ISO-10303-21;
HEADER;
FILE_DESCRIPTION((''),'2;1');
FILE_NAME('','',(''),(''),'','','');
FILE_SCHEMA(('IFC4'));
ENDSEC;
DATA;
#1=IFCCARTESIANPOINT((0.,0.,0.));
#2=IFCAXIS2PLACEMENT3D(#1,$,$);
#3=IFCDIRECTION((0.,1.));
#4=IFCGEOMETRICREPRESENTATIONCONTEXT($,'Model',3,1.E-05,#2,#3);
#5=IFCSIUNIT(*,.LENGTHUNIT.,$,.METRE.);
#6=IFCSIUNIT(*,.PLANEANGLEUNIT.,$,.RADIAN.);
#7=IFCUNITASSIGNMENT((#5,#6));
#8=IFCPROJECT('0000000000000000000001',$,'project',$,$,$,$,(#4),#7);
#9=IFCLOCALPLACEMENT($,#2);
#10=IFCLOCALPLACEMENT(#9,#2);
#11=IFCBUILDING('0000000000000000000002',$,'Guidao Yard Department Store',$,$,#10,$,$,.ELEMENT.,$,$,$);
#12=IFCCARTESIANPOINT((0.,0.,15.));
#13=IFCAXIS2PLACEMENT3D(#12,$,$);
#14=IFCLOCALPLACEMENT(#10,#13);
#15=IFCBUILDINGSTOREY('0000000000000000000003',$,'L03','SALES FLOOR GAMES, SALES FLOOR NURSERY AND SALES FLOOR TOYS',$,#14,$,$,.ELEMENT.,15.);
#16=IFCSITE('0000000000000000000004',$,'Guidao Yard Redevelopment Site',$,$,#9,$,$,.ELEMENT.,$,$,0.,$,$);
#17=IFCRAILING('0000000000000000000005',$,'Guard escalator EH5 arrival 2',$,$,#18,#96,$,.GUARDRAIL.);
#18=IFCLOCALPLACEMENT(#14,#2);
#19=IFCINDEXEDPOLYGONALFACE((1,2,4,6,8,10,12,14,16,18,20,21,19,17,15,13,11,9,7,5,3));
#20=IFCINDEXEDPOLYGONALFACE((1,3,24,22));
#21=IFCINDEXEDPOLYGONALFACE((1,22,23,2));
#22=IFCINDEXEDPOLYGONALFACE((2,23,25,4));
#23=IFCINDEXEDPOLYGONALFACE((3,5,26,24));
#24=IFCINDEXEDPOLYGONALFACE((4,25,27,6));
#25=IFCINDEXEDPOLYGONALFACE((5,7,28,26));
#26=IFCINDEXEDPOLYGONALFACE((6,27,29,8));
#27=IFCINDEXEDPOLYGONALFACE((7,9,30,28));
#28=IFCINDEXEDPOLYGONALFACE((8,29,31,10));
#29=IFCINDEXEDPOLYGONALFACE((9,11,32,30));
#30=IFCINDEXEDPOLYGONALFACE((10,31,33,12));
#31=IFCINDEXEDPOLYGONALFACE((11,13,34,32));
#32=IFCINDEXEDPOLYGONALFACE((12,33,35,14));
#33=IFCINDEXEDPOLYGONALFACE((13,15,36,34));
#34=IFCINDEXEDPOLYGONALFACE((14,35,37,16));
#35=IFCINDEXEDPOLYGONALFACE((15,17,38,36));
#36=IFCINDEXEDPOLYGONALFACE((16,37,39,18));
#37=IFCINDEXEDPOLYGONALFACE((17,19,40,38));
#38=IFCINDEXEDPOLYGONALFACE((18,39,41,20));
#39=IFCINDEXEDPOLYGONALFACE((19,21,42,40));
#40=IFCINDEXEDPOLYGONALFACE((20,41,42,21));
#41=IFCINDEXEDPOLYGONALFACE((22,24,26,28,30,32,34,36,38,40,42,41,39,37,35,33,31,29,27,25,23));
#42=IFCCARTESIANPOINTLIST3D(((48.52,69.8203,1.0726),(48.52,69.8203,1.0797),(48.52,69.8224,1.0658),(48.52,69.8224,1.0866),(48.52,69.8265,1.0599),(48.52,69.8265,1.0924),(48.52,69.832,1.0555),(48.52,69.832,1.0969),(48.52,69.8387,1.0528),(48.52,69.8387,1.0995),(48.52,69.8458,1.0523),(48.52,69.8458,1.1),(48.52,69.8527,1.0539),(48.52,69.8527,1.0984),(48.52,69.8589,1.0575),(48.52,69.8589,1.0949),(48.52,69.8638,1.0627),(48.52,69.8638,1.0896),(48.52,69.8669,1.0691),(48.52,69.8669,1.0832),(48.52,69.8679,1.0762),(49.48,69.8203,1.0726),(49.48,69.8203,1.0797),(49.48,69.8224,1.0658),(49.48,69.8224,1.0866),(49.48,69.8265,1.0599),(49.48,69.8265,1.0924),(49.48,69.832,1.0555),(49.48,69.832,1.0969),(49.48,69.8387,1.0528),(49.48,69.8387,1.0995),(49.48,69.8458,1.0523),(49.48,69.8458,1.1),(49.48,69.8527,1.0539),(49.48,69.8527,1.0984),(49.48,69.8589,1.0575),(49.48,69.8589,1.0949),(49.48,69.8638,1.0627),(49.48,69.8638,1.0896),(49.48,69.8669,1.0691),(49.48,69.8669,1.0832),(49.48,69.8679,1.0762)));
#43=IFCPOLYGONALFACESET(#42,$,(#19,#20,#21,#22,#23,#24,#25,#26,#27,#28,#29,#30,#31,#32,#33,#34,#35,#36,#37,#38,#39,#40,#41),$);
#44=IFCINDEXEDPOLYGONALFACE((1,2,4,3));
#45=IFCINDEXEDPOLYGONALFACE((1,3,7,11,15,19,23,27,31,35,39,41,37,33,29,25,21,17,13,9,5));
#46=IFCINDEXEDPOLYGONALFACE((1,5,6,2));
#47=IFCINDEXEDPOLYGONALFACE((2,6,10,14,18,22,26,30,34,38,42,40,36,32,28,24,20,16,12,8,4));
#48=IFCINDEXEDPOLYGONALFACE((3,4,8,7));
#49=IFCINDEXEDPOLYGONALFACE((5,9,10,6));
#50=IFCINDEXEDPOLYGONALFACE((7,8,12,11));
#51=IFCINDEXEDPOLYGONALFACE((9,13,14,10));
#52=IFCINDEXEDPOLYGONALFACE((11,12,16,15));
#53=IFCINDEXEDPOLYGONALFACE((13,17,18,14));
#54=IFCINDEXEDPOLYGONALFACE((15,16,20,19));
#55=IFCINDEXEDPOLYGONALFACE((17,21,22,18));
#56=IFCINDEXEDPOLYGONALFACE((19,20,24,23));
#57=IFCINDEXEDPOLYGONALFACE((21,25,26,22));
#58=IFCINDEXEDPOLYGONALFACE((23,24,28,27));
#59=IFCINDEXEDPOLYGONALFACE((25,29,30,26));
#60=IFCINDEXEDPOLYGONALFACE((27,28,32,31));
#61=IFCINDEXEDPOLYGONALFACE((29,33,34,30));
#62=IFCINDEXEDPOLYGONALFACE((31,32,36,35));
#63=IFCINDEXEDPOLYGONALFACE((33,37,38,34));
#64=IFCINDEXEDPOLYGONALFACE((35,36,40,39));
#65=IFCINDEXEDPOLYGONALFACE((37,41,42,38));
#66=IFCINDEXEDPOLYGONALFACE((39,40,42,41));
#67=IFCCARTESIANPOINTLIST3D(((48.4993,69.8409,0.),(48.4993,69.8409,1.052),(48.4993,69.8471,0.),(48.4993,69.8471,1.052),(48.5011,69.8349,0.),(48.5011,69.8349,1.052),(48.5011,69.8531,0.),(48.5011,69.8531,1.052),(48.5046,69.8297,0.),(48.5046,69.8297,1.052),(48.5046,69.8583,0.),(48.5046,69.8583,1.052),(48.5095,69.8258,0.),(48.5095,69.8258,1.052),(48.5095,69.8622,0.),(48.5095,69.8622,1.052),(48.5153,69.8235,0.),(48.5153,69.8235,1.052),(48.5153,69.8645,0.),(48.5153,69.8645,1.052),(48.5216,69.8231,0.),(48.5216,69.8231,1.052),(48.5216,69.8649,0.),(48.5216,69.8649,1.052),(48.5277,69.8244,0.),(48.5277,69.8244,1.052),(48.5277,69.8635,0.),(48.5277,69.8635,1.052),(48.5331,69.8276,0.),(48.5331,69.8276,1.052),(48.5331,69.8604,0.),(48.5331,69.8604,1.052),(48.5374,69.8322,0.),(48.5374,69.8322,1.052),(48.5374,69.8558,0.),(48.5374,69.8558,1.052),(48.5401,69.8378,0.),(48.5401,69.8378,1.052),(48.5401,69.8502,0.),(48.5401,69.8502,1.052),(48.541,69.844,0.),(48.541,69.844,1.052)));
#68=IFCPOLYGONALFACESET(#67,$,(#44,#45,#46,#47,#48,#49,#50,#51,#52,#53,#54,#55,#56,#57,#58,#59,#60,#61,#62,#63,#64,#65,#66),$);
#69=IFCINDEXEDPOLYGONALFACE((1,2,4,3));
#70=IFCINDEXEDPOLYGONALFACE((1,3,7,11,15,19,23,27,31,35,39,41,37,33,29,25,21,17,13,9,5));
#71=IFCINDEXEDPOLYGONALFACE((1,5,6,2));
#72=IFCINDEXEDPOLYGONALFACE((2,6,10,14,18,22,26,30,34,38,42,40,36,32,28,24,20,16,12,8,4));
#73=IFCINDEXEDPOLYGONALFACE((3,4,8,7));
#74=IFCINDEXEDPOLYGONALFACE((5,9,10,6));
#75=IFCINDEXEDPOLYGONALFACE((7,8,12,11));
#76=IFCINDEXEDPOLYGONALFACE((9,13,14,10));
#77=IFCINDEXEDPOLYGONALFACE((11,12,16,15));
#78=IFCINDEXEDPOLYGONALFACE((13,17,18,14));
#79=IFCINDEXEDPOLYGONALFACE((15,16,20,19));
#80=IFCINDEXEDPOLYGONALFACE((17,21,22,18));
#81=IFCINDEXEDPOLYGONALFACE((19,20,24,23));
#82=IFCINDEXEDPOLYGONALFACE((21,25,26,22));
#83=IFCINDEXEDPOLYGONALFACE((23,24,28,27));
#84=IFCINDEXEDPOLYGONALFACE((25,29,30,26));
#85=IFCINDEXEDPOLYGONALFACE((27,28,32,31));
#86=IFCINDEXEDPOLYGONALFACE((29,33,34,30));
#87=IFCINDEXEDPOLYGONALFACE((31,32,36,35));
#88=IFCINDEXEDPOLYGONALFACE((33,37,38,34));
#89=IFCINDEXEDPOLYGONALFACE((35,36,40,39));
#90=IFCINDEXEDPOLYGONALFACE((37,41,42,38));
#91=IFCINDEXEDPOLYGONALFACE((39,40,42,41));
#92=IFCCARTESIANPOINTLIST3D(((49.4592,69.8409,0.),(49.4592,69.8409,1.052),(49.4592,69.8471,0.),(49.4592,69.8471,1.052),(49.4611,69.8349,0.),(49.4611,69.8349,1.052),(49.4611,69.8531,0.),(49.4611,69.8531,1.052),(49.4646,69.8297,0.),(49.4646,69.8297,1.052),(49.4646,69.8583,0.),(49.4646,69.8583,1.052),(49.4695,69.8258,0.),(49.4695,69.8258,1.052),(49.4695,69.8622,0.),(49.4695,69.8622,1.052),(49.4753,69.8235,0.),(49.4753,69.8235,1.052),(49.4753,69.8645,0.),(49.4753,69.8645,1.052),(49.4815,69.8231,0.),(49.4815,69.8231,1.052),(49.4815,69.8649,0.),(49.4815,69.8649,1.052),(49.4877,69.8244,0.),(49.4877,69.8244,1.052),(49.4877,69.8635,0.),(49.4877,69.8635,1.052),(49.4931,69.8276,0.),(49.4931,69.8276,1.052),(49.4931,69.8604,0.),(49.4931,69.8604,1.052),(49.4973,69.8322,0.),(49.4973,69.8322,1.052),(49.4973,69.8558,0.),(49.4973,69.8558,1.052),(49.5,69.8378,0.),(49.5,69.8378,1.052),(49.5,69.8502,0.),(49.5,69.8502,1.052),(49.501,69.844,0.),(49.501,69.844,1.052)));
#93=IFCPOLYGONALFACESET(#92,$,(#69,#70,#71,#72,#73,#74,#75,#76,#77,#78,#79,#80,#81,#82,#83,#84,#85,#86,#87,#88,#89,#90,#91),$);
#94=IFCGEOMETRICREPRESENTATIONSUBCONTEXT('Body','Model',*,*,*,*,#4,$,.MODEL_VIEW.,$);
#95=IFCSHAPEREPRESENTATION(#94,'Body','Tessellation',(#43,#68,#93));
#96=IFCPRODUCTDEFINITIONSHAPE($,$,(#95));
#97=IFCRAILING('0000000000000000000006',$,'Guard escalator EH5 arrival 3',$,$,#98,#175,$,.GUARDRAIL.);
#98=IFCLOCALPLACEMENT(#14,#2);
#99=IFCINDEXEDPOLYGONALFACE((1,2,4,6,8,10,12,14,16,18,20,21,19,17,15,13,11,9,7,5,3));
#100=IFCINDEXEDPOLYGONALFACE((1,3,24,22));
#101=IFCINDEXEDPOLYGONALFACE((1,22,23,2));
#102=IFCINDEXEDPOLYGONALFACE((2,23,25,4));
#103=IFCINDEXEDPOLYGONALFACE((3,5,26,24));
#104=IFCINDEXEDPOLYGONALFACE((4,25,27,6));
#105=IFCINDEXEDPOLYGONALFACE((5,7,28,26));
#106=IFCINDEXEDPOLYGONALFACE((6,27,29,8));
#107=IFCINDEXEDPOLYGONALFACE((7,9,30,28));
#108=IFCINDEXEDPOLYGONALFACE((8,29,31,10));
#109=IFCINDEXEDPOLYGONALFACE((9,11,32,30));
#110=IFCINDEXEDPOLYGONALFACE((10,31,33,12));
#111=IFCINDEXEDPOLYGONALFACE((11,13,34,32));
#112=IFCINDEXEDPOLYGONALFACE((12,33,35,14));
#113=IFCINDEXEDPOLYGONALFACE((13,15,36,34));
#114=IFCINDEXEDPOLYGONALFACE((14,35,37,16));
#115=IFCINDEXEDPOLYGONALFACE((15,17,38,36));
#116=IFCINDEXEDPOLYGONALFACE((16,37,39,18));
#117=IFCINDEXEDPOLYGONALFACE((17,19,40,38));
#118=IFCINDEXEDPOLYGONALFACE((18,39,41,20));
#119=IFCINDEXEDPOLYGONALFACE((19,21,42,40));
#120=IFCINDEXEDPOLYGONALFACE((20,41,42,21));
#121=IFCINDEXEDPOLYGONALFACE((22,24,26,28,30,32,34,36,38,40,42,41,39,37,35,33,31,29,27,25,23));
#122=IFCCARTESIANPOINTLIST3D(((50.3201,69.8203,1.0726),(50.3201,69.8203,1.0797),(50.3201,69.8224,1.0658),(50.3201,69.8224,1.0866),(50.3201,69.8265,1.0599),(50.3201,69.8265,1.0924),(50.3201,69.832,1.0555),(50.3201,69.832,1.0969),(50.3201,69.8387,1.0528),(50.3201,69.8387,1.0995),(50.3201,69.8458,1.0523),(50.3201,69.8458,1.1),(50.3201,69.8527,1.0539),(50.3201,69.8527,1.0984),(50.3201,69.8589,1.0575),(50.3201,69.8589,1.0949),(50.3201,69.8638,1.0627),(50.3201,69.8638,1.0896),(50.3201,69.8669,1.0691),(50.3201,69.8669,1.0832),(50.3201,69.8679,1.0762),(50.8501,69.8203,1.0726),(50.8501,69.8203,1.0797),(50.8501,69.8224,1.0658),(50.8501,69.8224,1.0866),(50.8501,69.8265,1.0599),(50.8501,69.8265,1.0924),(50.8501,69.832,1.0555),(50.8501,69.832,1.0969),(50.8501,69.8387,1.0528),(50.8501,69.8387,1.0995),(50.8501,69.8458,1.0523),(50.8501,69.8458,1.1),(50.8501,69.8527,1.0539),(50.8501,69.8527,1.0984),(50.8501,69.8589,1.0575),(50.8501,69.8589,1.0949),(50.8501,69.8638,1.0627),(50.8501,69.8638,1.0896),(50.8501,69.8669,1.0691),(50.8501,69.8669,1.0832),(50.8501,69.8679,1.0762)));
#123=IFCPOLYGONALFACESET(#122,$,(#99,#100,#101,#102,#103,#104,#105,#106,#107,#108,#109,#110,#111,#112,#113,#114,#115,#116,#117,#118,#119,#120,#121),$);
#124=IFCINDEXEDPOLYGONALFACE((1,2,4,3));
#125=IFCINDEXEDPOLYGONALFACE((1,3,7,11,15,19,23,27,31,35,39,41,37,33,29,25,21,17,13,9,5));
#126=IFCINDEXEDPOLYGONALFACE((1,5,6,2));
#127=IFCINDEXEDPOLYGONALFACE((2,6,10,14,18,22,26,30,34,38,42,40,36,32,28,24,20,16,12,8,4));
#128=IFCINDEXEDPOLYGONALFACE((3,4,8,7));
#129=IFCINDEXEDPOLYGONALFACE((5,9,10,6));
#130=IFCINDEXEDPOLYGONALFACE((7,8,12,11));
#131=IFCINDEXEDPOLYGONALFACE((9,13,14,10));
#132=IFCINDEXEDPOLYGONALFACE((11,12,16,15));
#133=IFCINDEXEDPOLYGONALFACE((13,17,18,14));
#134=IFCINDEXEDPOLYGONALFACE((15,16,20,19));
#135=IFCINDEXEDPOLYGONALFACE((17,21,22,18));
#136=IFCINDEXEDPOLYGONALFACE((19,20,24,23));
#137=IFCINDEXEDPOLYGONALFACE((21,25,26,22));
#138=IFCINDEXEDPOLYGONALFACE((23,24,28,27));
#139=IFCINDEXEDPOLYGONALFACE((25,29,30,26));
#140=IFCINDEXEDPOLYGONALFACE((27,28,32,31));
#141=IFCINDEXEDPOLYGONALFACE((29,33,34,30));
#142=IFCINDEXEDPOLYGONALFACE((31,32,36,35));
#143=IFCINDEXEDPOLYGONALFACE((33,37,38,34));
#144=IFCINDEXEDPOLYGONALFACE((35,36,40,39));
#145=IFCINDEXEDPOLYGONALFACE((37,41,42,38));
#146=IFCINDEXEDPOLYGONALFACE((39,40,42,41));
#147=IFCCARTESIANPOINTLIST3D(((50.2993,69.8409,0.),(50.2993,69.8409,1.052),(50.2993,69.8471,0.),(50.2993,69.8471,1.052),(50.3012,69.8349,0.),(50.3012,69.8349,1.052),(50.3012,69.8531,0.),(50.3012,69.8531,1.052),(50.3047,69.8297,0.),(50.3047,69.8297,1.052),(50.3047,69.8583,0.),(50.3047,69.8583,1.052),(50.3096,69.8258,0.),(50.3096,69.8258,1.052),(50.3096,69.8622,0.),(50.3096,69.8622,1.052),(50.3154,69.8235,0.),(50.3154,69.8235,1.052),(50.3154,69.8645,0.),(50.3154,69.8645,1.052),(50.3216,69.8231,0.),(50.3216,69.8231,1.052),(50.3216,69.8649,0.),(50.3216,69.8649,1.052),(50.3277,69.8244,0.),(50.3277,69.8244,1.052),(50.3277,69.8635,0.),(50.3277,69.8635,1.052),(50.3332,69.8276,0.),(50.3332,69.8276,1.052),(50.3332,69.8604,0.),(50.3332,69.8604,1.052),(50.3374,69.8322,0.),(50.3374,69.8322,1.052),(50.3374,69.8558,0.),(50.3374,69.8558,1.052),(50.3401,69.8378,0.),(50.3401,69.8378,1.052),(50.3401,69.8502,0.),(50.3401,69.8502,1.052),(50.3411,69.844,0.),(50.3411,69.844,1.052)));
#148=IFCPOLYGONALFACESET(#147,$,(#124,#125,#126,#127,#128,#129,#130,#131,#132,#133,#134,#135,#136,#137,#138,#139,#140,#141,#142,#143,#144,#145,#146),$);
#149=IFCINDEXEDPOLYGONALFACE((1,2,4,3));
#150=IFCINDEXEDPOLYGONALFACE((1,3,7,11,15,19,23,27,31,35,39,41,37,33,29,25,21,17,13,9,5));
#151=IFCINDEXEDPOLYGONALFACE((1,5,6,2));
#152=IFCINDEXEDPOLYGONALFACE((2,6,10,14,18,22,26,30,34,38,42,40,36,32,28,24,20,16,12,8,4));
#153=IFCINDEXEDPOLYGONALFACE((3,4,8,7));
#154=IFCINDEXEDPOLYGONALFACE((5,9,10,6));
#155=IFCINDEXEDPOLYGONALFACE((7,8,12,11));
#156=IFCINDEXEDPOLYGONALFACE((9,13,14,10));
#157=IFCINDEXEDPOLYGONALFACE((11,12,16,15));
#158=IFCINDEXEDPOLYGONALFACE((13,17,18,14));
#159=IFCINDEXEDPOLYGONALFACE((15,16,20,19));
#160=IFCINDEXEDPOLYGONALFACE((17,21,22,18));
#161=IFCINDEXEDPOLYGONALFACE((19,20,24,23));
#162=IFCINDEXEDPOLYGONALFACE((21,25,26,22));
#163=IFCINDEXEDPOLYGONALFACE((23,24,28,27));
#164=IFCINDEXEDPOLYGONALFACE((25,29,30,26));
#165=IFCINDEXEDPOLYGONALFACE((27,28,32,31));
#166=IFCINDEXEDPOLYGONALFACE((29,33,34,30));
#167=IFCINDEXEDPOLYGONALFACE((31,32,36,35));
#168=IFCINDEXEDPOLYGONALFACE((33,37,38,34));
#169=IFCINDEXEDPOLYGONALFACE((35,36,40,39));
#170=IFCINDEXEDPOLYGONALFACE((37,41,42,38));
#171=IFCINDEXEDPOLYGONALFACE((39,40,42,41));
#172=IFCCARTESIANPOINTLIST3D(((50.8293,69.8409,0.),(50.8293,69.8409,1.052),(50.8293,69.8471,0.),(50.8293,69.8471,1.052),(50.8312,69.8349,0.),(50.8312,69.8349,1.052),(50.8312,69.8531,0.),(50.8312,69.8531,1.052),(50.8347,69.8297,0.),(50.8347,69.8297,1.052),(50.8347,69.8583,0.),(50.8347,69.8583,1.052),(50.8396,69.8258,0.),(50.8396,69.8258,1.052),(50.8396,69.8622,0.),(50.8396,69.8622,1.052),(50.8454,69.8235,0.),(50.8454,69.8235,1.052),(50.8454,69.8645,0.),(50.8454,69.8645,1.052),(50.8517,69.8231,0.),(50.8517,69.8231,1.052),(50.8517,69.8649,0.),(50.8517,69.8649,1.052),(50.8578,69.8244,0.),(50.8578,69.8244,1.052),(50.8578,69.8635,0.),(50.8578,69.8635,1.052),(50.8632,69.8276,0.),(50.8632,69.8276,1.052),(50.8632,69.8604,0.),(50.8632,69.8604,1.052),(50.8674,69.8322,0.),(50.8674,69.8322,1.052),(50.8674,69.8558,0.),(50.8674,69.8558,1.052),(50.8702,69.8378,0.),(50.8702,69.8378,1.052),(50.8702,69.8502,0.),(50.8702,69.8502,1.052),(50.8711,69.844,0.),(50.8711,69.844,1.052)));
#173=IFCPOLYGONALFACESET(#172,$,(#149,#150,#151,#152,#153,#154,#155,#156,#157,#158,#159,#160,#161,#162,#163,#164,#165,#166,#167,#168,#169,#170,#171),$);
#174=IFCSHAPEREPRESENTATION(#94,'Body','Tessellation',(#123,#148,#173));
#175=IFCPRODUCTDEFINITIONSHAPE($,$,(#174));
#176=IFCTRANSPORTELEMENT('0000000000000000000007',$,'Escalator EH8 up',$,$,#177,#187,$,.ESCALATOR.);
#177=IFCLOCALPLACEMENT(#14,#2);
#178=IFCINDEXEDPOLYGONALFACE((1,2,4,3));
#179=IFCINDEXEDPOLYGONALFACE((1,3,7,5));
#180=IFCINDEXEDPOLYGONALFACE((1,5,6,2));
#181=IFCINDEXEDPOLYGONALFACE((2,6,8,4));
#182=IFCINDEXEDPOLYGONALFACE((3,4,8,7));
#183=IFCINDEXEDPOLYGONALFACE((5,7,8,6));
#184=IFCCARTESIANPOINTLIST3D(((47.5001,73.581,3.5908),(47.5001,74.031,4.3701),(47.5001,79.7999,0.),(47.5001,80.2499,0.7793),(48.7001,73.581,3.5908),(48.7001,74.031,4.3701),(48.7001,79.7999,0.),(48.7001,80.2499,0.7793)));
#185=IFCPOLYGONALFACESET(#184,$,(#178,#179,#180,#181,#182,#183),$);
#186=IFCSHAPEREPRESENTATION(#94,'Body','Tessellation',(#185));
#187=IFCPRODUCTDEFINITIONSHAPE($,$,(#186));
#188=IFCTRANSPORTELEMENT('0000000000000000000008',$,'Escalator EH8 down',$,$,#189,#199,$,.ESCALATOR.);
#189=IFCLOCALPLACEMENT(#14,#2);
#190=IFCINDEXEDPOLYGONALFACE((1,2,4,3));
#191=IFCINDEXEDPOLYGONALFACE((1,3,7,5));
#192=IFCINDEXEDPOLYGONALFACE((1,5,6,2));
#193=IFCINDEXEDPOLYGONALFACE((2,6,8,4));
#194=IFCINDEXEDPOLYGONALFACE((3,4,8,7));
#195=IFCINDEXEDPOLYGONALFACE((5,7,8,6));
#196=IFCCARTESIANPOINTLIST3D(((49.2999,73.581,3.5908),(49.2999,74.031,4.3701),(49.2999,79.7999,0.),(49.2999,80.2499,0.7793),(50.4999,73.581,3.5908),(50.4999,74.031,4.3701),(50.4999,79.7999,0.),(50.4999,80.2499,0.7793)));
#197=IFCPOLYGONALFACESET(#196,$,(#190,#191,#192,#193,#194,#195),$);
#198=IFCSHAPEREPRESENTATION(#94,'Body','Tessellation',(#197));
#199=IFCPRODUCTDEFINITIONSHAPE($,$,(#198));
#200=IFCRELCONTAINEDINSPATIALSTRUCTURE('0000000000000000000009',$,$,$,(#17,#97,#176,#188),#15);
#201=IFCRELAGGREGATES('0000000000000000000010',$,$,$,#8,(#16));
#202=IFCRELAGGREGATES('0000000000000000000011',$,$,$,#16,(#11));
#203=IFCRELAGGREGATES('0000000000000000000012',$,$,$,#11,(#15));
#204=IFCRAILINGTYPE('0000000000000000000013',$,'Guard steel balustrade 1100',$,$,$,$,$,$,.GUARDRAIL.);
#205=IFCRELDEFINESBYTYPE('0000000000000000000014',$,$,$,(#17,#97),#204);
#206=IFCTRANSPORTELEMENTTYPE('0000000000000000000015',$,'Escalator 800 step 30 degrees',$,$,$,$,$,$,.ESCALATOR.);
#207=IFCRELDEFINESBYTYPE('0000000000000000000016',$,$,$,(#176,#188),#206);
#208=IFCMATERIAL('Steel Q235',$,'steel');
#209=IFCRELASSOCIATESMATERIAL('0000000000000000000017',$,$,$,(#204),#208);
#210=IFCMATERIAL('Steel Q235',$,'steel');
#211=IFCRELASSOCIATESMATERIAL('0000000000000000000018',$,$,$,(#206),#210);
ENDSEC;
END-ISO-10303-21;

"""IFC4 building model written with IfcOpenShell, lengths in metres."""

from ifc_helpers import new_model, si_unit, direction, frame, origin, origin_2d, place, context, subcontext, project, spatial, rectangle, circle, extrude, material, material_profile, profile_set, type_object, element, save


model = new_model("IFC4")

# Units and contexts
model_context = context("Model", 3, precision=1e-05, world=origin(), true_north=direction((0.0, 1.0)))
body_context = subcontext(model_context, "Body", "Model", "MODEL_VIEW")
ifc_project = project(units=[si_unit("LENGTHUNIT", "METRE"), si_unit("PLANEANGLEUNIT", "RADIAN")], contexts=[model_context])

# Site, building, storey
site_placement = place(None, origin())
site = spatial("IfcSite", under=ifc_project, at=site_placement, Name="Guidao Yard Redevelopment Site", CompositionType="ELEMENT", RefElevation=0.0)
building_placement = place(site_placement, origin())
building = spatial("IfcBuilding", under=site, at=building_placement, Name="Guidao Yard Department Store", CompositionType="ELEMENT")
storey_placement = place(building_placement, frame((0.0, 0.0, 15.0)))
storey = spatial("IfcBuildingStorey", under=building, at=storey_placement, Name="L03", Description="SALES FLOOR GAMES, SALES FLOOR NURSERY AND SALES FLOOR TOYS", CompositionType="ELEMENT", Elevation=15.0)

# Railings
ifc_material_1 = material(Name="Steel Q235", Category="steel")
railing_type_1 = type_object("IfcRailingType", Name="Guard steel balustrade 1100", PredefinedType="GUARDRAIL", material=ifc_material_1)
railing_1_placement = place(storey_placement, frame((48.52, 69.844, 0.0)))
element("IfcRailing", 1, at=railing_1_placement, inside=storey, type_object=railing_type_1, Name="Guard escalator EH5 arrival 2", PredefinedType="GUARDRAIL", context=body_context, shape_type="SweptSolid", body=[
    extrude(circle(Radius=0.0239, at=origin_2d()), frame((0.0, 0.0, 1.0762), z_axis=(1.0, 0.0, 0.0), x_axis=(0.0, 1.0, 0.0)), (0.0, 0.0, 1.0), 0.96),
    extrude(circle(Radius=0.021, at=origin_2d()), origin(), (0.0, 0.0, 1.0), 1.052),
    extrude(circle(Radius=0.021, at=origin_2d()), frame((0.96, 0.0, 0.0)), (0.0, 0.0, 1.0), 1.052),
])
railing_2_placement = place(storey_placement, frame((50.3201, 69.844, 0.0)))
element("IfcRailing", 2, at=railing_2_placement, inside=storey, type_object=railing_type_1, Name="Guard escalator EH5 arrival 3", PredefinedType="GUARDRAIL", context=body_context, shape_type="SweptSolid", body=[
    extrude(circle(Radius=0.0239, at=origin_2d()), frame((0.0, 0.0, 1.0762), z_axis=(1.0, 0.0, 0.0), x_axis=(0.0, 1.0, 0.0)), (0.0, 0.0, 1.0), 0.53),
    extrude(circle(Radius=0.021, at=origin_2d()), origin(), (0.0, 0.0, 1.0), 1.052),
    extrude(circle(Radius=0.021, at=origin_2d()), frame((0.53, 0.0, 0.0)), (0.0, 0.0, 1.0), 1.052),
])

# Transport elements
ifc_material_2 = material(Name="Steel Q235", Category="steel")
ifc_material_profile_1 = material_profile(ifc_material_2, rectangle(XDim=1.2, YDim=0.8999, at=origin_2d()), Name="Escalator 800 step 30 degrees")
ifc_profile_set_1 = profile_set([ifc_material_profile_1], Name="Steel Q235")
transport_element_type = type_object("IfcTransportElementType", Name="Escalator 800 step 30 degrees", PredefinedType="ESCALATOR", material=ifc_profile_set_1)
for number, where, z_axis, x_axis, name in (
    (3, (48.1001, 80.0249, 0.3896), (0.0, -0.866008, 0.500029), (1.0, 0.0, 0.0), "Escalator EH8 up"),
    (4, (49.8999, 80.0249, 0.3896), (0.0, -0.866008, 0.500029), (1.0, 0.0, 0.0), "Escalator EH8 down"),
):
    element("IfcTransportElement", number, at=place(storey_placement, frame(where, z_axis=z_axis, x_axis=x_axis)), inside=storey, type_object=transport_element_type, Name=name, PredefinedType="ESCALATOR", context=body_context, shape_type="SweptSolid", body=[
        extrude(rectangle(XDim=1.2, YDim=0.8999, at=origin_2d()), origin(), (0.0, 0.0, 1.0), 7.1812),
    ])

save(model, "model.ifc")
